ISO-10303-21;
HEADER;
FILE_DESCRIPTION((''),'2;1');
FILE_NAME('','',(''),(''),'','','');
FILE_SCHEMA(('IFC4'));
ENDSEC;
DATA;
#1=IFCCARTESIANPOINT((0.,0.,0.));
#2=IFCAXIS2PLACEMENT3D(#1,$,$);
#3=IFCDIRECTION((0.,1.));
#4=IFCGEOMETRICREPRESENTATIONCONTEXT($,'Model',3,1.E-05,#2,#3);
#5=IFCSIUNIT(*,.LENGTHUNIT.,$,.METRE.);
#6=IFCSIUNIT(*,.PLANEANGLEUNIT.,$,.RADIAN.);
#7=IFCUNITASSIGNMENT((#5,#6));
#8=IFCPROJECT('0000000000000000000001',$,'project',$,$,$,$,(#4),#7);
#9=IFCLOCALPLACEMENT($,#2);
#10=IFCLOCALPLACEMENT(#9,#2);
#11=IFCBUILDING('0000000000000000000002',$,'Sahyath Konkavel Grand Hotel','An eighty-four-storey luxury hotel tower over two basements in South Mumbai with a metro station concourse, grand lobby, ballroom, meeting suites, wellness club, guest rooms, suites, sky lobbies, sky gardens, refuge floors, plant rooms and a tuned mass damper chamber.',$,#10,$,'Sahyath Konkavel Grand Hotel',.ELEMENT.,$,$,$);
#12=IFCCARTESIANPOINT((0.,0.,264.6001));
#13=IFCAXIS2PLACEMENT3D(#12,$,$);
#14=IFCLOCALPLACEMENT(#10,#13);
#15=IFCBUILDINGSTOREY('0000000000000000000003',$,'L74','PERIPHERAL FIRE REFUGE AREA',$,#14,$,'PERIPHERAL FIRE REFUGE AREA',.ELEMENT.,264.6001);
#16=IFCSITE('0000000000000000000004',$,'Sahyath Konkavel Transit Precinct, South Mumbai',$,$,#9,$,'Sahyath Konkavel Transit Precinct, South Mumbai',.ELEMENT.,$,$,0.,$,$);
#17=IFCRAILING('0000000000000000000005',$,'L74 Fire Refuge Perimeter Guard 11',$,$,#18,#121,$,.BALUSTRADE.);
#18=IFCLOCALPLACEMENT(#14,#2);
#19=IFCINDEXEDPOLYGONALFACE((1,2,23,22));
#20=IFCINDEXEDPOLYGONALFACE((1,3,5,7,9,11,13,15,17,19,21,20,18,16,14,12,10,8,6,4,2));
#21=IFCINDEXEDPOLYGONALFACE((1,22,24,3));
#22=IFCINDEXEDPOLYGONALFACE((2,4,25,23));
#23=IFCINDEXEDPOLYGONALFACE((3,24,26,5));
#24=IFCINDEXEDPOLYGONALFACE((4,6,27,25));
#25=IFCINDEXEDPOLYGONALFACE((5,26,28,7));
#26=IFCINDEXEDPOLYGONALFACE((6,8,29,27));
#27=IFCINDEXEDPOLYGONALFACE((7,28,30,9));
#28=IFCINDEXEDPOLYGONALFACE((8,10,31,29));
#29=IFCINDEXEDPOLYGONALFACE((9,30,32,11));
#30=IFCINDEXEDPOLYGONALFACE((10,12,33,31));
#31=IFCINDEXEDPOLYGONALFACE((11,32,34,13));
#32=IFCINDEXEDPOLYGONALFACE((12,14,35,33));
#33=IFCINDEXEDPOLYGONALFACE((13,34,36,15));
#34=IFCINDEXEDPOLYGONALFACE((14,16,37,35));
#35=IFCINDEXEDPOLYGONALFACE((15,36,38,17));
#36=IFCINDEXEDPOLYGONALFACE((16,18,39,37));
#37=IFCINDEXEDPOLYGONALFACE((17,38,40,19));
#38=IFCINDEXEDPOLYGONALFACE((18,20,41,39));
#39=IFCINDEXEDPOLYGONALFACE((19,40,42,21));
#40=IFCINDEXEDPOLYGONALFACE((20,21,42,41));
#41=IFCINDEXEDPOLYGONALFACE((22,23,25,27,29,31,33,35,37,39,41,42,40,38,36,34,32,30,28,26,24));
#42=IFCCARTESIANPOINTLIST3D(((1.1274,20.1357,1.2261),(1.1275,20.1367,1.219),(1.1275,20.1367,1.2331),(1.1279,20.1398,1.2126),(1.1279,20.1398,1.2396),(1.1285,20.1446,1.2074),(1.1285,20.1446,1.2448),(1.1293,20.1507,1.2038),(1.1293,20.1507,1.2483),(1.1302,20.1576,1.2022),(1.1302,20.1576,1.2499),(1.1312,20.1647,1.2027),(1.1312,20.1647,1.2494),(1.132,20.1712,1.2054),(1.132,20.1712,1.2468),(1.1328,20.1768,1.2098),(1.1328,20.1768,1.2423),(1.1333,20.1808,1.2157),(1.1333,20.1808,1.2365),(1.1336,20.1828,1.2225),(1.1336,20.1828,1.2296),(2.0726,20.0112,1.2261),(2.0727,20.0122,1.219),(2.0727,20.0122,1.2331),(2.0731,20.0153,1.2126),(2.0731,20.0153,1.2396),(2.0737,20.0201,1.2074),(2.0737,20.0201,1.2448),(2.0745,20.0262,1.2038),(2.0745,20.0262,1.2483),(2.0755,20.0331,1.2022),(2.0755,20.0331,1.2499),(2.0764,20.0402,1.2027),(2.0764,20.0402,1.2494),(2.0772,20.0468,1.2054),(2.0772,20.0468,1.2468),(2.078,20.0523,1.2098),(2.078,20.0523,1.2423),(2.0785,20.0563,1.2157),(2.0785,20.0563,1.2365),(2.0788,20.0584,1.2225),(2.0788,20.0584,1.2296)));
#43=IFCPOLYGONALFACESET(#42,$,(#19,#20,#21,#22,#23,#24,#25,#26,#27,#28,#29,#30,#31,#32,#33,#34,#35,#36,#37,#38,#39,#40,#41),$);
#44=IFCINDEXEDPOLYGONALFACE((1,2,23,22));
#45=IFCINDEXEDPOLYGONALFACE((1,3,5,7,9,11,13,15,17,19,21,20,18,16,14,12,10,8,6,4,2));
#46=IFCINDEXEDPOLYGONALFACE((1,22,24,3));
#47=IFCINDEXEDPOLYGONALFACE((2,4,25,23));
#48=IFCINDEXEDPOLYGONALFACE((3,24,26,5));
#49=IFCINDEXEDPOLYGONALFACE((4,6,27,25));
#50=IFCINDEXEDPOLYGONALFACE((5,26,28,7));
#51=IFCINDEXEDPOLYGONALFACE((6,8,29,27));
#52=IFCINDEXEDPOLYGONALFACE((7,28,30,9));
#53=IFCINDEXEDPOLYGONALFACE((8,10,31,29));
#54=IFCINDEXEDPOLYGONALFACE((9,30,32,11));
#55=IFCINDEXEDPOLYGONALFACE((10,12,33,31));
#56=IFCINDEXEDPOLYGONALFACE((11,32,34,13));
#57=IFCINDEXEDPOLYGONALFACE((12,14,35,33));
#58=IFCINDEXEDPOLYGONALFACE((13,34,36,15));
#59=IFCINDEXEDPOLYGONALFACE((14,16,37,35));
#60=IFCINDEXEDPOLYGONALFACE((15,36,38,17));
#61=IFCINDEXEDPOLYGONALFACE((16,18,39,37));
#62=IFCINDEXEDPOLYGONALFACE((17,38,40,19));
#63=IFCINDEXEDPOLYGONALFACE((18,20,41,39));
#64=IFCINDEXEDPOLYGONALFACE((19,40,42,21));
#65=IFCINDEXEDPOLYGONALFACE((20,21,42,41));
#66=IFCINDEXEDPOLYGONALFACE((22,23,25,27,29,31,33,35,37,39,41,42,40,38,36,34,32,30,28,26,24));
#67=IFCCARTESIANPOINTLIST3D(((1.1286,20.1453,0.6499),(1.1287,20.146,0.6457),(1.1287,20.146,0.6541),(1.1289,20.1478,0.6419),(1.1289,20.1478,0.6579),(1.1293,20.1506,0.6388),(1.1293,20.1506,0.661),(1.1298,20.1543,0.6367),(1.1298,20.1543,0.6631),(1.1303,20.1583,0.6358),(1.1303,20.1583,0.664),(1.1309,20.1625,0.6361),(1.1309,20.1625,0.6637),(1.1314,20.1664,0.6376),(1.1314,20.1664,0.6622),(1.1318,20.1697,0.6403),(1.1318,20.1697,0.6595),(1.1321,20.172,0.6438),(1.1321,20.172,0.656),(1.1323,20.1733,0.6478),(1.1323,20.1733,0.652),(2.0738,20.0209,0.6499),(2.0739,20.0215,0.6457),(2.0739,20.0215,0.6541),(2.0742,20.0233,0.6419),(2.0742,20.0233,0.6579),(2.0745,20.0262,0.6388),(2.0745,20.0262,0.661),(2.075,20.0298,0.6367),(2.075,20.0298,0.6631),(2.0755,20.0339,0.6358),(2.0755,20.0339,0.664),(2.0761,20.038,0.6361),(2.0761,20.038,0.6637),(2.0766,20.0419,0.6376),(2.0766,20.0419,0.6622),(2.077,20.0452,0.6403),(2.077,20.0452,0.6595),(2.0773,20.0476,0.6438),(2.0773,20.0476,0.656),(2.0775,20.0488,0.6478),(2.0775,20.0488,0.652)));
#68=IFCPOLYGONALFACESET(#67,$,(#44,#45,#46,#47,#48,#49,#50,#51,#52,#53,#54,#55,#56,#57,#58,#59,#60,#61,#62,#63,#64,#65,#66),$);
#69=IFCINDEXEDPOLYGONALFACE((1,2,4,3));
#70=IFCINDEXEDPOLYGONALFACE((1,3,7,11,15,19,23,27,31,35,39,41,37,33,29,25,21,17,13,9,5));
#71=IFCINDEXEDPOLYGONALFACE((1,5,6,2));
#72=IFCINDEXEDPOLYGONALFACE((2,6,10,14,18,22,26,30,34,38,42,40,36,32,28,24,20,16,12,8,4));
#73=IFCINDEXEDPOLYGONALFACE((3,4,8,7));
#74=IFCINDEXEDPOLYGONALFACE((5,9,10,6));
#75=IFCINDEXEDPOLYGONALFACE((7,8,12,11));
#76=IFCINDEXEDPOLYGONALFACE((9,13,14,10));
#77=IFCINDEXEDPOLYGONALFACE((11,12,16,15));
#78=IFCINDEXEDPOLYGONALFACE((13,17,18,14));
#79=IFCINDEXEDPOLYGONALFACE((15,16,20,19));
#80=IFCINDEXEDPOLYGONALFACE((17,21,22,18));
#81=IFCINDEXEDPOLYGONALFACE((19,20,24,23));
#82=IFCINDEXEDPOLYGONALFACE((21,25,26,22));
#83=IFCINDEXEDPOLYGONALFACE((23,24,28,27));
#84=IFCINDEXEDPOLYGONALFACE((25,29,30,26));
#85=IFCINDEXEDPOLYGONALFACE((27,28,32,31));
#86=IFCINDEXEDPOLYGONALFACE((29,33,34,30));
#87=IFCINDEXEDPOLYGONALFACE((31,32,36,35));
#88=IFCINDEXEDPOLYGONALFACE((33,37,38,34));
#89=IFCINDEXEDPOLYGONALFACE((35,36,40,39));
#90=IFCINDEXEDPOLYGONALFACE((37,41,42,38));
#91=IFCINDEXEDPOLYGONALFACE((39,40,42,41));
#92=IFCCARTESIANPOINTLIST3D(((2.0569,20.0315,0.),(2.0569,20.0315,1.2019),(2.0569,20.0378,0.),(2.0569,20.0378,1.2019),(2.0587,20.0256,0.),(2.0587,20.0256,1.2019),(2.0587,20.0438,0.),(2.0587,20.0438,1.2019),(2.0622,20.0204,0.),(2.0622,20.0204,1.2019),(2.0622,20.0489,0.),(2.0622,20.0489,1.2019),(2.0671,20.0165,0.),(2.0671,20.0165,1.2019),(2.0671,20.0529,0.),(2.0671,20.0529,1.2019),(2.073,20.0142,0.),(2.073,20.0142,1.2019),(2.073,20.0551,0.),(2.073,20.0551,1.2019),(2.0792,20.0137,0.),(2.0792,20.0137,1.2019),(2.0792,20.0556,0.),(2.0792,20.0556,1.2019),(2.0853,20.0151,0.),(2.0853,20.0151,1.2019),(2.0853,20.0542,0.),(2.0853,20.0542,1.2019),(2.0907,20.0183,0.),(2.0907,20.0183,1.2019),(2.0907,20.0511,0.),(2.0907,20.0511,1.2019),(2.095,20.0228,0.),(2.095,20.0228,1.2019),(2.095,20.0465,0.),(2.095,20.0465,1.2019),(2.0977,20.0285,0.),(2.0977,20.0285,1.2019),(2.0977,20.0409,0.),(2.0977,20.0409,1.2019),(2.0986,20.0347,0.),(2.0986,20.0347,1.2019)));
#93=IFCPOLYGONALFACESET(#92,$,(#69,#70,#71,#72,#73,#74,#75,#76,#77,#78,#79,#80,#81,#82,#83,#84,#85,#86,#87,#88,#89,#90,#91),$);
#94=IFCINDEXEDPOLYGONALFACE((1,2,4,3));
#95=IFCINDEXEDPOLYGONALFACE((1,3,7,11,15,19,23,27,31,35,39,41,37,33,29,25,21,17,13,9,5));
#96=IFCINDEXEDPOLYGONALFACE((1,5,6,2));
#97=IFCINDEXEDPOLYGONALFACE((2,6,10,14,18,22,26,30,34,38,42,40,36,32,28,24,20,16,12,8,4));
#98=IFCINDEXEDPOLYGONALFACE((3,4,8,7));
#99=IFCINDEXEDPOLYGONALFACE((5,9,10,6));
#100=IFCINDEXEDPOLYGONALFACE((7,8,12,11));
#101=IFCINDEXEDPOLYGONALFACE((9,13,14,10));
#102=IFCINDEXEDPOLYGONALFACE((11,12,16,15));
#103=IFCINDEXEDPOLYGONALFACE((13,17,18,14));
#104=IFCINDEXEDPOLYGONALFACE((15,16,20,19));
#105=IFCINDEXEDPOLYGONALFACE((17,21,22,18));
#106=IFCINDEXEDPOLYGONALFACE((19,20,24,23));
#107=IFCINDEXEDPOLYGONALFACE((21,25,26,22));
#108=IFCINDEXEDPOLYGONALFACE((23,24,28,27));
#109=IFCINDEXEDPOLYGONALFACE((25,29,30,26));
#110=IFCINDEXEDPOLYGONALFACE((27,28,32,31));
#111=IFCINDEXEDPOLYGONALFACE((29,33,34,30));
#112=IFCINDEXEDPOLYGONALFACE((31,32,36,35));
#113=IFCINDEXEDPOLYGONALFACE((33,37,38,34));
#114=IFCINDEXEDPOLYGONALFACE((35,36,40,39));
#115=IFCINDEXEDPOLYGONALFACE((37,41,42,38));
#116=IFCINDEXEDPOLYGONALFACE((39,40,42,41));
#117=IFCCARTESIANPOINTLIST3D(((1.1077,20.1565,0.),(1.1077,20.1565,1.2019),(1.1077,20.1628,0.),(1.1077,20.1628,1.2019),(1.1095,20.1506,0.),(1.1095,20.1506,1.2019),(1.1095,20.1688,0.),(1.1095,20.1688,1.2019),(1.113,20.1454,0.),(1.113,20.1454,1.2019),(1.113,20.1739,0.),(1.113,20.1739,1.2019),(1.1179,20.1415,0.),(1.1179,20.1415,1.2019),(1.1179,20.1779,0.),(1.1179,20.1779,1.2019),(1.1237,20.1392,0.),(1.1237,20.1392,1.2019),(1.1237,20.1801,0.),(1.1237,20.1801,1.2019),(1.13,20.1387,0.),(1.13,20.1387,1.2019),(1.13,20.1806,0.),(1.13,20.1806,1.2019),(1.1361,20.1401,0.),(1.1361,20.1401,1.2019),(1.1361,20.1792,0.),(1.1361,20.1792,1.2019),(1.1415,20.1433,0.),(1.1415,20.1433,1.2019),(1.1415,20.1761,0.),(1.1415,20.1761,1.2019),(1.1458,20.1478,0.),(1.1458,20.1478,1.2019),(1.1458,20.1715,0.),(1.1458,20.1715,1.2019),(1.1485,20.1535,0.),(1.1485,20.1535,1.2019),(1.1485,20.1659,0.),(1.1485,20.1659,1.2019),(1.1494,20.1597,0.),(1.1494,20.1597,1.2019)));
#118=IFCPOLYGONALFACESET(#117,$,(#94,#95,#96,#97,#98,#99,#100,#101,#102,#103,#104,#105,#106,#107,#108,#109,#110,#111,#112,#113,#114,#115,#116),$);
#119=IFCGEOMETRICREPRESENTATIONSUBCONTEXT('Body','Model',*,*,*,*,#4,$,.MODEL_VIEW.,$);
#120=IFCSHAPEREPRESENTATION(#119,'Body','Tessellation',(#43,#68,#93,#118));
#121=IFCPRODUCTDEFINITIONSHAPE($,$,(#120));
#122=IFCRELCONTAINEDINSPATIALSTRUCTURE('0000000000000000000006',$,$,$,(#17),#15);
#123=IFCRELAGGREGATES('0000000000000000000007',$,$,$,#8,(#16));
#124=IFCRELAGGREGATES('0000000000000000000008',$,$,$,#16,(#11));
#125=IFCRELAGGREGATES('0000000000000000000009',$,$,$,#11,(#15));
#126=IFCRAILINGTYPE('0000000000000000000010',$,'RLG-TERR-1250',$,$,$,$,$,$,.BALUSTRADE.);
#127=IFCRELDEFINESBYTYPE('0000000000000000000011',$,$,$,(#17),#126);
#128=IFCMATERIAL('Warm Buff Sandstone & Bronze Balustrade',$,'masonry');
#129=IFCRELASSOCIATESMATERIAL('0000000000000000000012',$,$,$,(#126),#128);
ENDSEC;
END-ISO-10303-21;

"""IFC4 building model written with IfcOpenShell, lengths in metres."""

from ifc_helpers import new_model, si_unit, direction, frame, origin, origin_2d, place, context, subcontext, project, spatial, circle, extrude, material, type_object, element, save


model = new_model("IFC4")

# Units and contexts
model_context = context("Model", 3, precision=1e-05, world=origin(), true_north=direction((0.0, 1.0)))
body_context = subcontext(model_context, "Body", "Model", "MODEL_VIEW")
ifc_project = project(units=[si_unit("LENGTHUNIT", "METRE"), si_unit("PLANEANGLEUNIT", "RADIAN")], contexts=[model_context])

# Site, building, storey
site_placement = place(None, origin())
site = spatial("IfcSite", under=ifc_project, at=site_placement, Name="Sahyath Konkavel Transit Precinct, South Mumbai", LongName="Sahyath Konkavel Transit Precinct, South Mumbai", CompositionType="ELEMENT", RefElevation=0.0)
building_placement = place(site_placement, origin())
building = spatial("IfcBuilding", under=site, at=building_placement, Name="Sahyath Konkavel Grand Hotel", Description="An eighty-four-storey luxury hotel tower over two basements in South Mumbai with a metro station concourse, grand lobby, ballroom, meeting suites, wellness club, guest rooms, suites, sky lobbies, sky gardens, refuge floors, plant rooms and a tuned mass damper chamber.", LongName="Sahyath Konkavel Grand Hotel", CompositionType="ELEMENT")
storey_placement = place(building_placement, frame((0.0, 0.0, 264.6001)))
storey = spatial("IfcBuildingStorey", under=building, at=storey_placement, Name="L74", Description="PERIPHERAL FIRE REFUGE AREA", LongName="PERIPHERAL FIRE REFUGE AREA", CompositionType="ELEMENT", Elevation=264.6001)

# Railing
ifc_material_1 = material(Name="Warm Buff Sandstone & Bronze Balustrade", Category="masonry")
railing_type = type_object("IfcRailingType", Name="RLG-TERR-1250", PredefinedType="BALUSTRADE", material=ifc_material_1)
railing_1_placement = place(storey_placement, frame((2.0776, 20.0347, 0.0)))
element("IfcRailing", 1, at=railing_1_placement, inside=storey, type_object=railing_type, Name="L74 Fire Refuge Perimeter Guard 11", PredefinedType="BALUSTRADE", context=body_context, shape_type="SweptSolid", body=[
    extrude(circle(Radius=0.0239, at=origin_2d()), frame((-0.002, 0.0002, 1.2261), z_axis=(-0.99144, 0.13056, 0.0), x_axis=(-0.13056, -0.99144, 0.0)), (0.0, 0.0, 1.0), 0.9534),
    extrude(circle(Radius=0.0142, at=origin_2d()), frame((-0.002, 0.0002, 0.6499), z_axis=(-0.99144, 0.13056, 0.0), x_axis=(-0.13056, -0.99144, 0.0)), (0.0, 0.0, 1.0), 0.9534),
    extrude(circle(Radius=0.021, at=origin_2d()), origin(), (0.0, 0.0, 1.0), 1.2019),
    extrude(circle(Radius=0.021, at=origin_2d()), frame((-0.9492, 0.125, 0.0)), (0.0, 0.0, 1.0), 1.2019),
])

save(model, "model.ifc")
